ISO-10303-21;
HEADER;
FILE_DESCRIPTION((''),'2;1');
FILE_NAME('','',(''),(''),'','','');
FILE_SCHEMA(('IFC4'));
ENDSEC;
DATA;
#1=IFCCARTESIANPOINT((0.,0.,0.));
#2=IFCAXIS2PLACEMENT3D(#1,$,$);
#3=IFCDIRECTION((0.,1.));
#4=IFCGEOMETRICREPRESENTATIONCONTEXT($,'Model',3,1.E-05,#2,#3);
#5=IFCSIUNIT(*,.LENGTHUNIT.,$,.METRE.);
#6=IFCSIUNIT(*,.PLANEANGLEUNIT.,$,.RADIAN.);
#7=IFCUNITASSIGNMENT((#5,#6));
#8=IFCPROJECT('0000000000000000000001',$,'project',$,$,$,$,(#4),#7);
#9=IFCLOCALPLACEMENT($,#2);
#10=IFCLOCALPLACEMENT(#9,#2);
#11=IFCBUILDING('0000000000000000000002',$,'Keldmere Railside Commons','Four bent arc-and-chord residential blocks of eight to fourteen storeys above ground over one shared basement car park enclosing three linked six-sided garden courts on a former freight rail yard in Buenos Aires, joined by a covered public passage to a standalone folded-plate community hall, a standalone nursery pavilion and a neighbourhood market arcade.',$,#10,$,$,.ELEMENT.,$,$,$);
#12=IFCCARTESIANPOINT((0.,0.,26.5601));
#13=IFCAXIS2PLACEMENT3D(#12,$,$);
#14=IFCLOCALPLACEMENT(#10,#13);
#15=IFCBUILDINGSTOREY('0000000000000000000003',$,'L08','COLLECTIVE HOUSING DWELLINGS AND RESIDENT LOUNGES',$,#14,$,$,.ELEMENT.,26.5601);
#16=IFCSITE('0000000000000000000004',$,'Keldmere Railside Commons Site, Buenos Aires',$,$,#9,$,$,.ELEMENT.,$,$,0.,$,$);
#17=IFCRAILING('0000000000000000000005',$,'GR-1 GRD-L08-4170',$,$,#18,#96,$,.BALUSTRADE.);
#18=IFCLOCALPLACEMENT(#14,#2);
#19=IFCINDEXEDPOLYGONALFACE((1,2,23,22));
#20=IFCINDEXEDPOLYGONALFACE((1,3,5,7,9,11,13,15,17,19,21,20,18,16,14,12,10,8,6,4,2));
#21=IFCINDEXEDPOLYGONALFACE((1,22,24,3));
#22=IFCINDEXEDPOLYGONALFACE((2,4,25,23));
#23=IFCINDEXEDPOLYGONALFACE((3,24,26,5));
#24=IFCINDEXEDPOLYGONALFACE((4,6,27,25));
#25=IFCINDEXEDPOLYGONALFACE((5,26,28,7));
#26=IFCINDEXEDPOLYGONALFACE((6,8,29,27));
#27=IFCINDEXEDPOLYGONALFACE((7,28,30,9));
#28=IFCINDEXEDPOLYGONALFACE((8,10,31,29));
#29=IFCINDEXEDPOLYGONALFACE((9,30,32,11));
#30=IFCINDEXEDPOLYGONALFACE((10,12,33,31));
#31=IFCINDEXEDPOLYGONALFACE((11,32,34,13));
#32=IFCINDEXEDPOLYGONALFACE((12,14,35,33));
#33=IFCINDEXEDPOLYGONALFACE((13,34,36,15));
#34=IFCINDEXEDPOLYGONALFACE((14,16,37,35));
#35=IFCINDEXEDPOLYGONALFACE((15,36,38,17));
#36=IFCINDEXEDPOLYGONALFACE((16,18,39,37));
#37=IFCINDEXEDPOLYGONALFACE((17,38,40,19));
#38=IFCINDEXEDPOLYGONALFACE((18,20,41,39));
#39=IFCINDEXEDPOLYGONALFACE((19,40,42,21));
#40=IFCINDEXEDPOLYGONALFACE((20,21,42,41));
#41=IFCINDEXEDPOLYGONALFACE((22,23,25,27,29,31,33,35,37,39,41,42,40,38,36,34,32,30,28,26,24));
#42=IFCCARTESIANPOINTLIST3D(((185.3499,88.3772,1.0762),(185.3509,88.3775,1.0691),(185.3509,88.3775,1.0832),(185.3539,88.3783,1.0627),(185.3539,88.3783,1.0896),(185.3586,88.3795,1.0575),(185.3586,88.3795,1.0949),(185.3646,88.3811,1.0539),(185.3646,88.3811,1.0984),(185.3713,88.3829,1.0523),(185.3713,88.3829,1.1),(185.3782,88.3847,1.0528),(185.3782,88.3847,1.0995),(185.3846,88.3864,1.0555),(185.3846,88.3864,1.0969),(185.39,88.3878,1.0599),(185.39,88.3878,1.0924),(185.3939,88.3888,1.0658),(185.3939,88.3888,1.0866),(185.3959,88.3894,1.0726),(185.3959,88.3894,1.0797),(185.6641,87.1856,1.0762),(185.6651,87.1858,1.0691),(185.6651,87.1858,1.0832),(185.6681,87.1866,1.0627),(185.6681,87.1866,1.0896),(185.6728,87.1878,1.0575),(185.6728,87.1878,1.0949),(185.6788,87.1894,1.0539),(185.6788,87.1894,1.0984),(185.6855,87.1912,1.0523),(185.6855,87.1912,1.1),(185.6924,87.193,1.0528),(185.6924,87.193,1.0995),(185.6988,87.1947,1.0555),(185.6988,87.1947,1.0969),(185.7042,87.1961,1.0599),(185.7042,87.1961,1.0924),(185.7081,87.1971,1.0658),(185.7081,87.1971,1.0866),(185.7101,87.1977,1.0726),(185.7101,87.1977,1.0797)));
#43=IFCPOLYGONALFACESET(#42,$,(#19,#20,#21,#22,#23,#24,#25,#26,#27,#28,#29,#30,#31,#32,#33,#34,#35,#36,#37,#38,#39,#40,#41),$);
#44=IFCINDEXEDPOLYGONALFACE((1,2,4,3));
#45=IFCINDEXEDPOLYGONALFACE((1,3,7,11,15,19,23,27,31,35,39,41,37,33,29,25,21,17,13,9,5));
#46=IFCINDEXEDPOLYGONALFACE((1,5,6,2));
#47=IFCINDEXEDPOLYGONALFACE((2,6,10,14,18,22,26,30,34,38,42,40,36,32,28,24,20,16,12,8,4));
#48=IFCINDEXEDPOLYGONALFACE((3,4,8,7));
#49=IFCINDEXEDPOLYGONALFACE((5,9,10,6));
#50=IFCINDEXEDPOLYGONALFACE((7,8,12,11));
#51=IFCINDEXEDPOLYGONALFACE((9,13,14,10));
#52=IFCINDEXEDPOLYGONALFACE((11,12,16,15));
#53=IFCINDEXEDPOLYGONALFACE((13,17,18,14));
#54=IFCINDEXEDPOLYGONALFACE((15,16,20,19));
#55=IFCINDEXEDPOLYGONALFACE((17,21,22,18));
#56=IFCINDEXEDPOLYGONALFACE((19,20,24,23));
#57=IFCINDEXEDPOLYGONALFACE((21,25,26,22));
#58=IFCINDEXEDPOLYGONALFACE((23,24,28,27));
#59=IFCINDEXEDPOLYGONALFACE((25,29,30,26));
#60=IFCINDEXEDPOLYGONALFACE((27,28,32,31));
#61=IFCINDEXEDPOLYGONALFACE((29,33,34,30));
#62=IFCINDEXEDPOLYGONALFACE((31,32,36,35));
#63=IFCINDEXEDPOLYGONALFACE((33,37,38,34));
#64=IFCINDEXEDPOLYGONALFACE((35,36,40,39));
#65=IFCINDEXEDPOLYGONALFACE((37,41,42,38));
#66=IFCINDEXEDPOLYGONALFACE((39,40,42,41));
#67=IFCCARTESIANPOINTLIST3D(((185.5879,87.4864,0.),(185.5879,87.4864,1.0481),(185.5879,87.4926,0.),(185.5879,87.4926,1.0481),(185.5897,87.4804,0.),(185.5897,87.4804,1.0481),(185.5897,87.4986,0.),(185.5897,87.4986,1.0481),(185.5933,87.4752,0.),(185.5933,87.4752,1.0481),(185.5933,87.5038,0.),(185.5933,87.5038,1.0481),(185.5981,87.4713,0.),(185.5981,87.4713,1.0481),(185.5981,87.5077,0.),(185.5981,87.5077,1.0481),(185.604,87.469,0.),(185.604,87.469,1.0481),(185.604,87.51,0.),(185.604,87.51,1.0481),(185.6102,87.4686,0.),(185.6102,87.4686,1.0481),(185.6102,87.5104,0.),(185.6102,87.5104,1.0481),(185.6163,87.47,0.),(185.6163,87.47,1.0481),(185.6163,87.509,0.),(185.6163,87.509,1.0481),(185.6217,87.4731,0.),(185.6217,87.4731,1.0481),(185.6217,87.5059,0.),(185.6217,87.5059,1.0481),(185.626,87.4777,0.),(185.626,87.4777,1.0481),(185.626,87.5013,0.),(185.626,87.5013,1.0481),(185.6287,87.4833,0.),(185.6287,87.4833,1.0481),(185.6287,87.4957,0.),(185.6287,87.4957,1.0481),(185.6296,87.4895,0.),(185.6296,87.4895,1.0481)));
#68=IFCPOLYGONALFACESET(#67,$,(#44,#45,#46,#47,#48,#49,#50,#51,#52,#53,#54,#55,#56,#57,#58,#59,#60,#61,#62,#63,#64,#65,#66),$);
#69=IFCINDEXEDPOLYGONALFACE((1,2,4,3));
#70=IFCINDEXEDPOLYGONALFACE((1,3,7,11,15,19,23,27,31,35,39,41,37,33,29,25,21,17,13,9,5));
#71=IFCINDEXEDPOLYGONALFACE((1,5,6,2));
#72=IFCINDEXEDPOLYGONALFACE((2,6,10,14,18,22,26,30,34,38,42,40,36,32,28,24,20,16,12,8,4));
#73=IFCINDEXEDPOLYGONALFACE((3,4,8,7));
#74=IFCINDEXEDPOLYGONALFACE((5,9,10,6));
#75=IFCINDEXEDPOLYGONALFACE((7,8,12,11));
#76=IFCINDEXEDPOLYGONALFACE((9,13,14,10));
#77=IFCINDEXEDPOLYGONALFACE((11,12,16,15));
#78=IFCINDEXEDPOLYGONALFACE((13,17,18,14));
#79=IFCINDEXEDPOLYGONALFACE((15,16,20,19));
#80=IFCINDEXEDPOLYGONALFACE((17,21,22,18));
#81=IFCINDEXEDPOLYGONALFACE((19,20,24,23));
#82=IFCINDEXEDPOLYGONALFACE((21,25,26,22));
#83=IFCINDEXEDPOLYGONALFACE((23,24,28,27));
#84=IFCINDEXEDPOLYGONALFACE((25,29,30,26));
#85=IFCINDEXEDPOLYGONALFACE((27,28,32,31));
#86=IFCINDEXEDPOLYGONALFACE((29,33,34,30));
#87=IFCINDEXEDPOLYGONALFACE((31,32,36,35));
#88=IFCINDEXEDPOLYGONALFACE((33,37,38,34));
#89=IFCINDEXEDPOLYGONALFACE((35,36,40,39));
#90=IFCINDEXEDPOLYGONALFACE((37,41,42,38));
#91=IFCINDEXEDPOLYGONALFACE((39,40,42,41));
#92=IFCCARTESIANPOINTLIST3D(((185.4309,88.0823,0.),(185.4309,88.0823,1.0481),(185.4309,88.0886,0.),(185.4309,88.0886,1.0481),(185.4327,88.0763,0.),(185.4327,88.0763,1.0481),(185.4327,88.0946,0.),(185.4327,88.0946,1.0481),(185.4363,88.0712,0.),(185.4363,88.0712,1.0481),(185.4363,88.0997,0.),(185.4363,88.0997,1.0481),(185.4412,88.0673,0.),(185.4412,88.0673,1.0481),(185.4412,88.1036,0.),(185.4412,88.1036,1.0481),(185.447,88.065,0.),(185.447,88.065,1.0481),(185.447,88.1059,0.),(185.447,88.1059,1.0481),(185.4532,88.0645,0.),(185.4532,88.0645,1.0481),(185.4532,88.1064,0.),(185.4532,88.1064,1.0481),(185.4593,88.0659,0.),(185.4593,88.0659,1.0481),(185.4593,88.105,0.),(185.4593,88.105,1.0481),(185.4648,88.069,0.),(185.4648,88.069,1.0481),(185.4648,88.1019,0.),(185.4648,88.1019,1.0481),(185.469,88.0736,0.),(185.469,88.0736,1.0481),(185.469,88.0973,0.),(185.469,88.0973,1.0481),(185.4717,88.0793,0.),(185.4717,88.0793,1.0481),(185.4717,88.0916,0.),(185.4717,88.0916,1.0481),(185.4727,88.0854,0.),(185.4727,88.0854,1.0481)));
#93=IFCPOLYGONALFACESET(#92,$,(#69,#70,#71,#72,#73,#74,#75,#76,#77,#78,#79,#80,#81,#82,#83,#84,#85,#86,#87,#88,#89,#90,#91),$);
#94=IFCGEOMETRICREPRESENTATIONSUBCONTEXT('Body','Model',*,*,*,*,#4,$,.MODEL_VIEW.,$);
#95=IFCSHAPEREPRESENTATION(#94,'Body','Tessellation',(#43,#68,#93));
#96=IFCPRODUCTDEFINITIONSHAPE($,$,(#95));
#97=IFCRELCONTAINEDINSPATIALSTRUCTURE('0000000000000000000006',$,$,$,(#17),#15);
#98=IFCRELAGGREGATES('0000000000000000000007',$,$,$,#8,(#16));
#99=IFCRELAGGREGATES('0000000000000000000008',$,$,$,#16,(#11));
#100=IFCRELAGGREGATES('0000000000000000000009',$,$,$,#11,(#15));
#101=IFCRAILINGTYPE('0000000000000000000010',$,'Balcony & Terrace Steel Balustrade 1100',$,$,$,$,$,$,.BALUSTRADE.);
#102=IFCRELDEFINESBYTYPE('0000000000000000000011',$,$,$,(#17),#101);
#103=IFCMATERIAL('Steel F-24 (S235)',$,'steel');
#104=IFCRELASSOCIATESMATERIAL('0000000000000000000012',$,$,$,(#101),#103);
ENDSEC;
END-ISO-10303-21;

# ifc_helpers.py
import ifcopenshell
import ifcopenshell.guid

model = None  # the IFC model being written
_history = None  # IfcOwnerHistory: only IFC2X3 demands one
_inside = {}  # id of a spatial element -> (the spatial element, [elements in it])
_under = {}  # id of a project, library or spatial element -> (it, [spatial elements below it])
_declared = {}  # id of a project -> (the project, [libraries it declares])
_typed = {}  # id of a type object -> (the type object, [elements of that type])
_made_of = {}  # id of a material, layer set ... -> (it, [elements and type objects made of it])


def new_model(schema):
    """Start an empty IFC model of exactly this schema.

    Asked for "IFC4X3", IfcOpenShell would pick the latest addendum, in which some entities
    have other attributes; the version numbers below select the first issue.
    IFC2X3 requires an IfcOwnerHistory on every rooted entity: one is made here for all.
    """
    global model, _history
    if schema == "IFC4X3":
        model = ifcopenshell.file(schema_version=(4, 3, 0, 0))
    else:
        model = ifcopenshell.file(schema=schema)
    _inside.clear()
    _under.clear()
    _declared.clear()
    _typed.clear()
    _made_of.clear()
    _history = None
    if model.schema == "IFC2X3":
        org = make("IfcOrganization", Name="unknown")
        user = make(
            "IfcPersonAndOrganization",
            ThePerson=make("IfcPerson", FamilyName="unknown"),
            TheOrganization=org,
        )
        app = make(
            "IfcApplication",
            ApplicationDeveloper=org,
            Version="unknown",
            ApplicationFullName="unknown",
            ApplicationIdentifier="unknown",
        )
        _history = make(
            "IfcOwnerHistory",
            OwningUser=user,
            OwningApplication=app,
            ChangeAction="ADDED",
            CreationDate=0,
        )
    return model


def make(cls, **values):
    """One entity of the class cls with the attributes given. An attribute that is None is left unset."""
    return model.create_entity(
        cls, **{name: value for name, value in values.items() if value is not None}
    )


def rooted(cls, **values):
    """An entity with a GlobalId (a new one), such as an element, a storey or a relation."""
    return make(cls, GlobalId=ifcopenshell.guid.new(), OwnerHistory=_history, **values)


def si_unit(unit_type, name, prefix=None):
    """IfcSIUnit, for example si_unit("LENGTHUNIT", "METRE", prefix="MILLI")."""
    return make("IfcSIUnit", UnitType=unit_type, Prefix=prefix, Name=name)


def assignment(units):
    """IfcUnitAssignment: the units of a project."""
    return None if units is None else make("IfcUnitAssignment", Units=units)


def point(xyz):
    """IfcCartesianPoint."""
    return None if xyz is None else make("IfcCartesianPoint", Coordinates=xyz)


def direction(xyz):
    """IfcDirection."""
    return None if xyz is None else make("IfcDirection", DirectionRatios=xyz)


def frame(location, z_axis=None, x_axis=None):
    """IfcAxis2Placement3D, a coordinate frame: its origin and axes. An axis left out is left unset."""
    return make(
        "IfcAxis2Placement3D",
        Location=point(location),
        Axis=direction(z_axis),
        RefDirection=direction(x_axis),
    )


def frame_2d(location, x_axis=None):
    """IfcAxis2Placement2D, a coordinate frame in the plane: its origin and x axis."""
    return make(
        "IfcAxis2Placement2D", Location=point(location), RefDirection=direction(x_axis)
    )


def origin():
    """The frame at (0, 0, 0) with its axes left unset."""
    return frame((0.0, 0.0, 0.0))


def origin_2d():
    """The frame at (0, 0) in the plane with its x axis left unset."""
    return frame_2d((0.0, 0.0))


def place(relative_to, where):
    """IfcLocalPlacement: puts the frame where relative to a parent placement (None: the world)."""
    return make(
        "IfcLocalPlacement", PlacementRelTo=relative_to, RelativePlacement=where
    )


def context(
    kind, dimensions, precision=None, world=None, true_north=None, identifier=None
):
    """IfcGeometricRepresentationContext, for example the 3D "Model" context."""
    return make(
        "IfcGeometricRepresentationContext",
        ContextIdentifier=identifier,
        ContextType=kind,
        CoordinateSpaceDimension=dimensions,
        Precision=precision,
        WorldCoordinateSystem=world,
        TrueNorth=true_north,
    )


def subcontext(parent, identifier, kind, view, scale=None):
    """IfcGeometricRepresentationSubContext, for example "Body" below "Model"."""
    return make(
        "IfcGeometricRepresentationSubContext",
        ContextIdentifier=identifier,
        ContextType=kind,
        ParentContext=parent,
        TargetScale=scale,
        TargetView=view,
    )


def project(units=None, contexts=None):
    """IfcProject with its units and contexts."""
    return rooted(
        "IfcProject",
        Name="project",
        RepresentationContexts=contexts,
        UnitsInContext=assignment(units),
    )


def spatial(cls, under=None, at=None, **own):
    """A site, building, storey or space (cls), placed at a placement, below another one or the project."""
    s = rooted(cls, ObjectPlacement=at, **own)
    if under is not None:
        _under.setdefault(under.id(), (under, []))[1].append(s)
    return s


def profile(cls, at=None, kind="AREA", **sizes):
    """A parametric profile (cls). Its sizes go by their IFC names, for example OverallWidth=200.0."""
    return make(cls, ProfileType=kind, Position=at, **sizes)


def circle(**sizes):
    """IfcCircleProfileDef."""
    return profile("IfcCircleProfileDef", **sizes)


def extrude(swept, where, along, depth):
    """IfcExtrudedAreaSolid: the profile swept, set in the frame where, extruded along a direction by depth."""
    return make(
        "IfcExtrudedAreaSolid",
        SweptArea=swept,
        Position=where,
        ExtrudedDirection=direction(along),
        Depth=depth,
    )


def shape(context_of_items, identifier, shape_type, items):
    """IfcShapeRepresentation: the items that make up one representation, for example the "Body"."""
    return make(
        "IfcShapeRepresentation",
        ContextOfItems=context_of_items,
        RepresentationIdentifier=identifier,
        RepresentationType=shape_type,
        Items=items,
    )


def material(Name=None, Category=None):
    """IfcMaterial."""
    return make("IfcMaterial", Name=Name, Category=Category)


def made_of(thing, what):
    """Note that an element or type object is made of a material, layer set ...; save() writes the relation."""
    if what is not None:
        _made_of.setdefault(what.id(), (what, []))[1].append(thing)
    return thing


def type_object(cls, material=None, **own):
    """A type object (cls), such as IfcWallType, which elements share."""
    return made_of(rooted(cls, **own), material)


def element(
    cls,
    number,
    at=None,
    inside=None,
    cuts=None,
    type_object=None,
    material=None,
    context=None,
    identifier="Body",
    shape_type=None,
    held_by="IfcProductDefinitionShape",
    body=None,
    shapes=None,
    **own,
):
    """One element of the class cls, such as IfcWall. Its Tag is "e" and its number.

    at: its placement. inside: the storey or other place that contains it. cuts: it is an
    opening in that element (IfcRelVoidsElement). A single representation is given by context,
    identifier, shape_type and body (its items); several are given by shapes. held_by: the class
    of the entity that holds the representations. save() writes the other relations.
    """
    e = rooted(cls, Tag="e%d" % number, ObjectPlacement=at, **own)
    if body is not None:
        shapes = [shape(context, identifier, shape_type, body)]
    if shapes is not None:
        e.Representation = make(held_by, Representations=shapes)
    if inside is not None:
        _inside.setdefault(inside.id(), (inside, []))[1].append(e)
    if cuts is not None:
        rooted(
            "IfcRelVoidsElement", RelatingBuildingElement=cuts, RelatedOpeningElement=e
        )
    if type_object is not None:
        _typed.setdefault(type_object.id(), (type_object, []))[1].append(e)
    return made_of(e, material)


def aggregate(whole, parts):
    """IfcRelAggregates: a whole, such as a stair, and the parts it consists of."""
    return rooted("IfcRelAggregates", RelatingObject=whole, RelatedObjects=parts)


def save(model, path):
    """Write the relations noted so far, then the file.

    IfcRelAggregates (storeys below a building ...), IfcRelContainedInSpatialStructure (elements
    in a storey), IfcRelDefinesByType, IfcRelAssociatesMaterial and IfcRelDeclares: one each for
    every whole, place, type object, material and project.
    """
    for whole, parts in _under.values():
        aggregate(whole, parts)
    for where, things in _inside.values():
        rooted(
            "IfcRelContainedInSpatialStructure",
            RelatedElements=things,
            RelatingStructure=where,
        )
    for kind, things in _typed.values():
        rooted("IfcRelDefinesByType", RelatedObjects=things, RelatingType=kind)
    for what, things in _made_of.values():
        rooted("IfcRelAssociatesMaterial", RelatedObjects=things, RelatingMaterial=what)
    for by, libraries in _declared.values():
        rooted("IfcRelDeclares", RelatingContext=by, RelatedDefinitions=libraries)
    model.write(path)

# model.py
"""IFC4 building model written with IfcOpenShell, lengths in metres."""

from ifc_helpers import new_model, si_unit, direction, frame, origin, origin_2d, place, context, subcontext, project, spatial, circle, extrude, material, type_object, element, save


model = new_model("IFC4")

# Units and contexts
model_context = context("Model", 3, precision=1e-05, world=origin(), true_north=direction((0.0, 1.0)))
body_context = subcontext(model_context, "Body", "Model", "MODEL_VIEW")
ifc_project = project(units=[si_unit("LENGTHUNIT", "METRE"), si_unit("PLANEANGLEUNIT", "RADIAN")], contexts=[model_context])

# Site, building, storey
site_placement = place(None, origin())
site = spatial("IfcSite", under=ifc_project, at=site_placement, Name="Keldmere Railside Commons Site, Buenos Aires", CompositionType="ELEMENT", RefElevation=0.0)
building_placement = place(site_placement, origin())
building = spatial("IfcBuilding", under=site, at=building_placement, Name="Keldmere Railside Commons", Description="Four bent arc-and-chord residential blocks of eight to fourteen storeys above ground over one shared basement car park enclosing three linked six-sided garden courts on a former freight rail yard in Buenos Aires, joined by a covered public passage to a standalone folded-plate community hall, a standalone nursery pavilion and a neighbourhood market arcade.", CompositionType="ELEMENT")
storey_placement = place(building_placement, frame((0.0, 0.0, 26.5601)))
storey = spatial("IfcBuildingStorey", under=building, at=storey_placement, Name="L08", Description="COLLECTIVE HOUSING DWELLINGS AND RESIDENT LOUNGES", CompositionType="ELEMENT", Elevation=26.5601)

# Railing
ifc_material_1 = material(Name="Steel F-24 (S235)", Category="steel")
railing_type = type_object("IfcRailingType", Name="Balcony & Terrace Steel Balustrade 1100", PredefinedType="BALUSTRADE", material=ifc_material_1)
railing_1_placement = place(storey_placement, frame((185.6873, 87.1917, 0.0)))
element("IfcRailing", 1, at=railing_1_placement, inside=storey, type_object=railing_type, Name="GR-1 GRD-L08-4170", PredefinedType="BALUSTRADE", context=body_context, shape_type="SweptSolid", body=[
    extrude(circle(Radius=0.0239, at=origin_2d()), frame((0.0, 0.0, 1.0762), z_axis=(-0.254961, 0.966951, 0.0), x_axis=(-0.966951, -0.254961, 0.0)), (0.0, 0.0, 1.0), 1.2324),
    extrude(circle(Radius=0.021, at=origin_2d()), frame((-0.0786, 0.2979, 0.0)), (0.0, 0.0, 1.0), 1.0481),
    extrude(circle(Radius=0.021, at=origin_2d()), frame((-0.2356, 0.8938, 0.0)), (0.0, 0.0, 1.0), 1.0481),
])

save(model, "model.ifc")
